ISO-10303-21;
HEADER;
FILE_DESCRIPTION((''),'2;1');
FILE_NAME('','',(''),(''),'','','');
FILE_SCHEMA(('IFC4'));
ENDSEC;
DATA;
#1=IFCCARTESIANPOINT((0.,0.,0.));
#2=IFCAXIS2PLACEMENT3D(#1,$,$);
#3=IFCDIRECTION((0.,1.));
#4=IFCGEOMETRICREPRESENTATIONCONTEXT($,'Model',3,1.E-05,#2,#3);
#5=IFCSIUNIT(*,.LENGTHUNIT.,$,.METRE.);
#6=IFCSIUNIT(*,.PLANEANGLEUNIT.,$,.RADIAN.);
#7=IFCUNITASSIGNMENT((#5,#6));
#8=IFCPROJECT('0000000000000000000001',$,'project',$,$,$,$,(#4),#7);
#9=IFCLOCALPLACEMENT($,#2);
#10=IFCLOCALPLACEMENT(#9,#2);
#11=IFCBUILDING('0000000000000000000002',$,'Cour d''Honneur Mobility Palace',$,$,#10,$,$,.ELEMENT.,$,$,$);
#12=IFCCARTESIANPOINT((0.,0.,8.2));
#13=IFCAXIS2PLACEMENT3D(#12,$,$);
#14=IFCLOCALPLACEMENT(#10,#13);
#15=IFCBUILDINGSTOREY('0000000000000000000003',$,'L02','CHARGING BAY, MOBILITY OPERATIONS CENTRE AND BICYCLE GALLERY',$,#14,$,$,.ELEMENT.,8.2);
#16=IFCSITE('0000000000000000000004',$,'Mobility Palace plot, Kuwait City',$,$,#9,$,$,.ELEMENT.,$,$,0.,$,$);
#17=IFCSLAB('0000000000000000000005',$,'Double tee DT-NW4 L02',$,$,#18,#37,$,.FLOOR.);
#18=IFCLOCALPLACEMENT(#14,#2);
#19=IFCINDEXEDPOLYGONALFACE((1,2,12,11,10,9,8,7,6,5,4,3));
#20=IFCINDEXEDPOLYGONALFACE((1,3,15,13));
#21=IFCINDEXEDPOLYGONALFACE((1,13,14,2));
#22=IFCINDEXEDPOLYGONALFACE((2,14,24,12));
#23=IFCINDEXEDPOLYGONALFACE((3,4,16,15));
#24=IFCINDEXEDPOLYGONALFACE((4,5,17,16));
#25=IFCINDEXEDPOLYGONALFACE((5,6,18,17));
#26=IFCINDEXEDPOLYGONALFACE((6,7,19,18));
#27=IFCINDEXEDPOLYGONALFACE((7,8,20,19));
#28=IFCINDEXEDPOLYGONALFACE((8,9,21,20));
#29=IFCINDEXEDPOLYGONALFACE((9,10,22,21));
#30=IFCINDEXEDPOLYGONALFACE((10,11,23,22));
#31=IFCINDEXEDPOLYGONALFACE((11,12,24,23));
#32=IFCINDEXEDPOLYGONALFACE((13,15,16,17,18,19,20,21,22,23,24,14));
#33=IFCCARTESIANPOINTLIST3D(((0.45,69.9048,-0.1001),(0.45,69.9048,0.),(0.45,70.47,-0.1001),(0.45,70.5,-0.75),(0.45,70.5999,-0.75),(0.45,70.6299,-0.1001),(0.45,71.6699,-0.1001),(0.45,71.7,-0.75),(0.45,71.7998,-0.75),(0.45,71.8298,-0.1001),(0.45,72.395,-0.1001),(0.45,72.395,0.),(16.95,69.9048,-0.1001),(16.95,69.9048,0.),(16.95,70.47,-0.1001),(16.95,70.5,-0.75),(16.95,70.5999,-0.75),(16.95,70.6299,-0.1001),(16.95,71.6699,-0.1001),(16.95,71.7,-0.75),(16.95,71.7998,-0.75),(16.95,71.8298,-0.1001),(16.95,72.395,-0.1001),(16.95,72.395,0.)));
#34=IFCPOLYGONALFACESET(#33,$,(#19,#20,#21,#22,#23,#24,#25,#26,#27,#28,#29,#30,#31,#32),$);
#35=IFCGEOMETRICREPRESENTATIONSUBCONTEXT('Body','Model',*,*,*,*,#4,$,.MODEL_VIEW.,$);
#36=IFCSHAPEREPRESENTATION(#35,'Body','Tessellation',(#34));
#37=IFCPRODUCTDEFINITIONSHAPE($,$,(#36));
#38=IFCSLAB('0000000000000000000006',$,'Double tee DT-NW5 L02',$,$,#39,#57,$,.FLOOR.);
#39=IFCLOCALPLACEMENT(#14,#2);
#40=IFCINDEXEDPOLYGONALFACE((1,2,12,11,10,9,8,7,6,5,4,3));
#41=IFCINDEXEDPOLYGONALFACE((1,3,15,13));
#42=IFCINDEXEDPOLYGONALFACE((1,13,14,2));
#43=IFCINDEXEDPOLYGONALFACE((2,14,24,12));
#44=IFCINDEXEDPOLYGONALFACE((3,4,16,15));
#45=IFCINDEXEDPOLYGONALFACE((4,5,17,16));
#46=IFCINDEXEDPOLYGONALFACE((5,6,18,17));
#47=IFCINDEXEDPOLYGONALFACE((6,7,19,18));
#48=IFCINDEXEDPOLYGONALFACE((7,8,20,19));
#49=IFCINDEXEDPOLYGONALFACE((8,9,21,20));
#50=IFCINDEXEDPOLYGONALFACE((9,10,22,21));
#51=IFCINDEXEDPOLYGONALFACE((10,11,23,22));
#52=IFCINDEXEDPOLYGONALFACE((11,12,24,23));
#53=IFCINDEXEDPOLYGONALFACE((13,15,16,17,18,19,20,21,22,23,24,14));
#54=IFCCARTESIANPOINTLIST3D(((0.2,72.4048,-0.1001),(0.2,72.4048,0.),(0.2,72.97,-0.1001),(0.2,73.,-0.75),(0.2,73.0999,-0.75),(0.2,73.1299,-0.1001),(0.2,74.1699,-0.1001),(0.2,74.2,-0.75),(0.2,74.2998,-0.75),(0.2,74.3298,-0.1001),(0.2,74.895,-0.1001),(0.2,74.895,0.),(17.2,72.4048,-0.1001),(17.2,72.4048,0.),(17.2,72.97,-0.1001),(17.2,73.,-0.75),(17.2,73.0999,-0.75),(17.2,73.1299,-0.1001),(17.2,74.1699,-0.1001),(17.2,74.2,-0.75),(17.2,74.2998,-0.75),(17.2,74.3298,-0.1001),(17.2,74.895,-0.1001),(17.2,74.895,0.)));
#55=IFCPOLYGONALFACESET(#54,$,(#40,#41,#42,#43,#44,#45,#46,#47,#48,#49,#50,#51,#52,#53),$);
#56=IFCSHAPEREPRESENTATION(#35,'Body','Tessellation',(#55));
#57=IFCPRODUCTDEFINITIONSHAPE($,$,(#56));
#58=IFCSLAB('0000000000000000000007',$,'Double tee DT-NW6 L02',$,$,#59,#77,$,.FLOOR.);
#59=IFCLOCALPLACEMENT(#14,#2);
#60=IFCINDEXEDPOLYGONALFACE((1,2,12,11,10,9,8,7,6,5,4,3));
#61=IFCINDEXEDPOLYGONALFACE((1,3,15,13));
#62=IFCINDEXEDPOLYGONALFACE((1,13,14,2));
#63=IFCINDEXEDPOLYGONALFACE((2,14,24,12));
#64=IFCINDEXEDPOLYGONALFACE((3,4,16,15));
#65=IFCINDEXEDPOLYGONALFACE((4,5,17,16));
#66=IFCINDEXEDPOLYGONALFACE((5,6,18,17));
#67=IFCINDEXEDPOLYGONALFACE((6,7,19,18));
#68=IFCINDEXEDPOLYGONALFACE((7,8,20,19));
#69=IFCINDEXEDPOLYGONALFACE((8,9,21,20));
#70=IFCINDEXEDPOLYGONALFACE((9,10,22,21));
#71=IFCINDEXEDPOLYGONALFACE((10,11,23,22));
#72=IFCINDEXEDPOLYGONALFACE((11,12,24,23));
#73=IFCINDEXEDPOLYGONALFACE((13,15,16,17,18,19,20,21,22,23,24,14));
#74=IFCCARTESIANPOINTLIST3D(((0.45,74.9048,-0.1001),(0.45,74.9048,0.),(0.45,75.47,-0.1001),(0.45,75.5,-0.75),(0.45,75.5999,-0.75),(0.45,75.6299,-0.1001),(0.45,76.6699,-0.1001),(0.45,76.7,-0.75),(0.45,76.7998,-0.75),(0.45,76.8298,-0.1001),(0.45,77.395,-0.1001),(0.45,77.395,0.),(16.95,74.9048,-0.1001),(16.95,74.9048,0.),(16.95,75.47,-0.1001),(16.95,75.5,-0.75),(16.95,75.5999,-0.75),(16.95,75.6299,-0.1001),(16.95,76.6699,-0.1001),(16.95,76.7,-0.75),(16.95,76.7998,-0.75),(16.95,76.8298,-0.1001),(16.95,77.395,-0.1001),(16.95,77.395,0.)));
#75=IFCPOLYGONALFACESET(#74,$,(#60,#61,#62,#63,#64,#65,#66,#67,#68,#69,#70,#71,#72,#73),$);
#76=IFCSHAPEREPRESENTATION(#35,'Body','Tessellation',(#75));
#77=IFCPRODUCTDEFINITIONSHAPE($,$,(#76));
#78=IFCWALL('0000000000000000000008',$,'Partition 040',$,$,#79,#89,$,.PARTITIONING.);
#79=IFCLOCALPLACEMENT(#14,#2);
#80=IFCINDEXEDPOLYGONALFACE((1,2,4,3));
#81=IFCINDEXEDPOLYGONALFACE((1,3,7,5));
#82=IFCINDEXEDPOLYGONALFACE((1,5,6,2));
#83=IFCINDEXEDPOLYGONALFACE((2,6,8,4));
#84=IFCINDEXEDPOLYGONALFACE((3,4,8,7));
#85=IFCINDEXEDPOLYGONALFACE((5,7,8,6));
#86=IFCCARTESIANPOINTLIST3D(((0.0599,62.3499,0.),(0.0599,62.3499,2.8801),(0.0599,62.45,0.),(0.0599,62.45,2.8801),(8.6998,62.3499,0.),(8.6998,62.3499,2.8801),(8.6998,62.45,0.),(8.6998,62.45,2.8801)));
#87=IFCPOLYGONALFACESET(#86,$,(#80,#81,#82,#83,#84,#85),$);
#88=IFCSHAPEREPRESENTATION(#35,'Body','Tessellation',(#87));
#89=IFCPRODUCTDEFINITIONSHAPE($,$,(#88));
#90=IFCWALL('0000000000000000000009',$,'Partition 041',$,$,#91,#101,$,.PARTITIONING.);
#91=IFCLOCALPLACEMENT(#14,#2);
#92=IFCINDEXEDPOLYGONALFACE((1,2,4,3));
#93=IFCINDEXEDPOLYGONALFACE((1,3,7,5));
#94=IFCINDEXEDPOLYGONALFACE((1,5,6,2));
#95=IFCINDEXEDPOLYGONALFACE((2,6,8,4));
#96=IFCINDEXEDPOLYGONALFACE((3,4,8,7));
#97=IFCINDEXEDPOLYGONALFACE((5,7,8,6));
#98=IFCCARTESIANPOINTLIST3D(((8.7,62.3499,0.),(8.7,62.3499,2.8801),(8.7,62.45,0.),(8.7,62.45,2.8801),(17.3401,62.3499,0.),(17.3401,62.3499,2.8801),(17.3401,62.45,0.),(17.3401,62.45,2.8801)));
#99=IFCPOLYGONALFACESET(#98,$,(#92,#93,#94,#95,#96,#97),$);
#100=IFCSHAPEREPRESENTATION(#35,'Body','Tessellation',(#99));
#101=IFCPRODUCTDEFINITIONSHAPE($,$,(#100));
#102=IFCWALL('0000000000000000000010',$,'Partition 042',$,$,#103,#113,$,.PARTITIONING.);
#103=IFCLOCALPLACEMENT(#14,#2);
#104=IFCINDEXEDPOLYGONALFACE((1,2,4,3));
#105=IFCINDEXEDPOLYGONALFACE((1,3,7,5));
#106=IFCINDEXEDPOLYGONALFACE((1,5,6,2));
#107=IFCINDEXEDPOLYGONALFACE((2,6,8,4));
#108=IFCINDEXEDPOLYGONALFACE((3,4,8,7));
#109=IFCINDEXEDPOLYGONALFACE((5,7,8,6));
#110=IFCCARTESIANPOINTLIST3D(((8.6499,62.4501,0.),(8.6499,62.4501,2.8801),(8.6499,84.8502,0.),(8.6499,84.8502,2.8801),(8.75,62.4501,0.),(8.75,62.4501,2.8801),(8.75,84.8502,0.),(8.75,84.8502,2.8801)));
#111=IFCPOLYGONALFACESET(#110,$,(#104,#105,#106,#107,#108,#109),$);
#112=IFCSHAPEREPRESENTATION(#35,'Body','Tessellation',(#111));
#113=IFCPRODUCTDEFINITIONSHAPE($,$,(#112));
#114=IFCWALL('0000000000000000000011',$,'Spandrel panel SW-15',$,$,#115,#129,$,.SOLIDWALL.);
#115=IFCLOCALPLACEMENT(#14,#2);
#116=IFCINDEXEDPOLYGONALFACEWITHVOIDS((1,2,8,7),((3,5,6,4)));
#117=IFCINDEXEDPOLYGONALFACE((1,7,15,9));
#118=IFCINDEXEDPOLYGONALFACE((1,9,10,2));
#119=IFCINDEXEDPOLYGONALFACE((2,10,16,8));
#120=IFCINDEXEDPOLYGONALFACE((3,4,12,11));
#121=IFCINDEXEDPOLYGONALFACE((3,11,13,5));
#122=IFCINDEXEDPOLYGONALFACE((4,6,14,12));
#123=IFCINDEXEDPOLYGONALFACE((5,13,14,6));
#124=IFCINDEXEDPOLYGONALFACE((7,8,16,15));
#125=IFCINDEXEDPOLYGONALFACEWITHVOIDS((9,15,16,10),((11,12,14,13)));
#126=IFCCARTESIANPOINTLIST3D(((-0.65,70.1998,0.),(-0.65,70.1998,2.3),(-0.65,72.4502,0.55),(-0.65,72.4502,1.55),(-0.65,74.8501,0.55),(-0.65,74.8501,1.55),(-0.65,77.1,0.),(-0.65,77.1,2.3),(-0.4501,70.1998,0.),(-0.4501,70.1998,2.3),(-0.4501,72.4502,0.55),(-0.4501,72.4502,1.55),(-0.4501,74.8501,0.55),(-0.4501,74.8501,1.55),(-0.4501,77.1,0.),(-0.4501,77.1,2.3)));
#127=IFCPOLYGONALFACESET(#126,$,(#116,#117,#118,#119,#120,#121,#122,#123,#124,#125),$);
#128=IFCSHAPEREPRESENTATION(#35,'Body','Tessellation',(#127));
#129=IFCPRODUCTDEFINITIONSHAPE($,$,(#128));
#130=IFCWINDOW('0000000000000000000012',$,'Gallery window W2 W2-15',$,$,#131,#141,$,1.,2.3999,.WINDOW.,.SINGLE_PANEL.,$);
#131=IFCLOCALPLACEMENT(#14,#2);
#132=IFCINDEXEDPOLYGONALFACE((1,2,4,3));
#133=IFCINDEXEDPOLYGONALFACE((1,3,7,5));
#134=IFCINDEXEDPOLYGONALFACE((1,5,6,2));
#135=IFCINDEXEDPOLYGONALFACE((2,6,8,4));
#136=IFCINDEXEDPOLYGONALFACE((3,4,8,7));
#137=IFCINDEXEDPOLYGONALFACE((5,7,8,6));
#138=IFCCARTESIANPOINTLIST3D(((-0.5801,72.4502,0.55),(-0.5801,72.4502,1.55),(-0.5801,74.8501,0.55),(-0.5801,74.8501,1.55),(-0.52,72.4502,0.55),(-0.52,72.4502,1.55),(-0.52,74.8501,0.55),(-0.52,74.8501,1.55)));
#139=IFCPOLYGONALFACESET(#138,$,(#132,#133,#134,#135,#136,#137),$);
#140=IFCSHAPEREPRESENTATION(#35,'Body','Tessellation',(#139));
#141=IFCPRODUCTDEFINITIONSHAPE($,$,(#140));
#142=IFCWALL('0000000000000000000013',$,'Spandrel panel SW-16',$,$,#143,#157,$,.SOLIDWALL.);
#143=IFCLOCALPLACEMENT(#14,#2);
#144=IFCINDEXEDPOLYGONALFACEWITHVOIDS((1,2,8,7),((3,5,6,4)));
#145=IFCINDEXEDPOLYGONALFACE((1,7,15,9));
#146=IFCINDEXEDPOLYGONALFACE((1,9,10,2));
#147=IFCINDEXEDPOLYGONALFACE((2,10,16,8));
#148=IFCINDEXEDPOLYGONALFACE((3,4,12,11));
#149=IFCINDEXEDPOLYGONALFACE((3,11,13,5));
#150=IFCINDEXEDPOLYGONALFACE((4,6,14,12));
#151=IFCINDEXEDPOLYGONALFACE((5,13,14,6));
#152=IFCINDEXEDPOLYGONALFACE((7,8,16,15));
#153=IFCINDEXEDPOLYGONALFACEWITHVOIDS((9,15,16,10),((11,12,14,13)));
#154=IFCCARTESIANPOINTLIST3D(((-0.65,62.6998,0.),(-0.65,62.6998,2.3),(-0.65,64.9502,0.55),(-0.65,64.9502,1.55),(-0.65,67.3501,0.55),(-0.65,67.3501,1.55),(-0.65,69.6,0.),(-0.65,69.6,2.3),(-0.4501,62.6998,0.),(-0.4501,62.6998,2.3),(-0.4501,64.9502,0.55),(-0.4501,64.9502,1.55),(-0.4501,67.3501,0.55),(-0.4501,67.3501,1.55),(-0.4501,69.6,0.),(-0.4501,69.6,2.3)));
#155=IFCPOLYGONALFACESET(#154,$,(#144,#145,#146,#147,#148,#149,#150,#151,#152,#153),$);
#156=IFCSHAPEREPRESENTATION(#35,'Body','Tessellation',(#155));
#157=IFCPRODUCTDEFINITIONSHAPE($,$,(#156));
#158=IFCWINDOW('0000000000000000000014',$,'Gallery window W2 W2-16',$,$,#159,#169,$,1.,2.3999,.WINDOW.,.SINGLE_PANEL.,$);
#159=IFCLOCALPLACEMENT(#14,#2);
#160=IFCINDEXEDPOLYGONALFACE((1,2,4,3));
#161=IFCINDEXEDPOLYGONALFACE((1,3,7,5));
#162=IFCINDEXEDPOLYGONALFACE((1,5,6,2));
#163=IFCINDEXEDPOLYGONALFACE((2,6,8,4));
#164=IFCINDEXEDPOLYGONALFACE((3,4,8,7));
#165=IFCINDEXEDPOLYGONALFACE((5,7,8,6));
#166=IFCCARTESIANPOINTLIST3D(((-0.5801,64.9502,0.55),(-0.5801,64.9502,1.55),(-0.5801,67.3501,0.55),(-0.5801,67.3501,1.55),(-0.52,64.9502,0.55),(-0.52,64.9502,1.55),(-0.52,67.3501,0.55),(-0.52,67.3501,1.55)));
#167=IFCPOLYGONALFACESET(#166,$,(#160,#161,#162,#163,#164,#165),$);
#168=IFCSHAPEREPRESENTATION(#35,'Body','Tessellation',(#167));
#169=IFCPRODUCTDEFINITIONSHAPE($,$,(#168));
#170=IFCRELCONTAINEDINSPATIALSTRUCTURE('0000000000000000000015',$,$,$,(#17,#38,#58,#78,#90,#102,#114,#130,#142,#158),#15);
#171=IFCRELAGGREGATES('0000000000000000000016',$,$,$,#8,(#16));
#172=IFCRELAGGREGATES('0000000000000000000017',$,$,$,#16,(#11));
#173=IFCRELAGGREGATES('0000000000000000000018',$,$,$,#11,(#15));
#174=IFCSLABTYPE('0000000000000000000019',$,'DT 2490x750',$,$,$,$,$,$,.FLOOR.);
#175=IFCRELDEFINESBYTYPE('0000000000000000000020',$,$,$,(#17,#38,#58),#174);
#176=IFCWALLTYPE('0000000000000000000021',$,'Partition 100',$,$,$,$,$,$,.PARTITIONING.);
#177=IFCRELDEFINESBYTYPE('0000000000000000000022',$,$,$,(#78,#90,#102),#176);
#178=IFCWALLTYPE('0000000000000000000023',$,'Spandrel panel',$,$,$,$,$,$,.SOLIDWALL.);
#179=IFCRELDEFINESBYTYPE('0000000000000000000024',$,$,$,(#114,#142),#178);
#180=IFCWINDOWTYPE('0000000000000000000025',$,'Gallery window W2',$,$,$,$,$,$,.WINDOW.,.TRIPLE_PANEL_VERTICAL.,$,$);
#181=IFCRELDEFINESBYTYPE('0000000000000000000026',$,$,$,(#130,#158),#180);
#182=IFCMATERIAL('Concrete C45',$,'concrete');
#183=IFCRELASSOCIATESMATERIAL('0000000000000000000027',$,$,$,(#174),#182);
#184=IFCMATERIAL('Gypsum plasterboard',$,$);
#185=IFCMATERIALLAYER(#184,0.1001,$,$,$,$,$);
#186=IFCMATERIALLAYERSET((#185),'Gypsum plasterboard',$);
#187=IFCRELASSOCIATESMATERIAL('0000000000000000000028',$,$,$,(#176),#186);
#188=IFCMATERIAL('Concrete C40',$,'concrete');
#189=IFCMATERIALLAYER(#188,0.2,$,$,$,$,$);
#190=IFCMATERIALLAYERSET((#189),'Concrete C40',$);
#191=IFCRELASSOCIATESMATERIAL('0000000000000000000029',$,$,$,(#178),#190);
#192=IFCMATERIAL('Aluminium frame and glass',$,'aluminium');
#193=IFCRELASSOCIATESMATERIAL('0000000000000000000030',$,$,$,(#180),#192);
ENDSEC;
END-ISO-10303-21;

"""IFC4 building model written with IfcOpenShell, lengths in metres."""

from ifc_helpers import new_model, si_unit, direction, frame, frame_2d, origin, place, context, subcontext, project, spatial, polyline, rectangle, outline, extrude, material, layer, layer_set, material_profile, profile_set, type_object, element, fill, save


model = new_model("IFC4")

# Units and contexts
model_context = context("Model", 3, precision=1e-05, world=origin(), true_north=direction((0.0, 1.0)))
body_context = subcontext(model_context, "Body", "Model", "MODEL_VIEW")
ifc_project = project(units=[si_unit("LENGTHUNIT", "METRE"), si_unit("PLANEANGLEUNIT", "RADIAN")], contexts=[model_context])

# Site, building, storey
site_placement = place(None, origin())
site = spatial("IfcSite", under=ifc_project, at=site_placement, Name="Mobility Palace plot, Kuwait City", CompositionType="ELEMENT", RefElevation=0.0)
building_placement = place(site_placement, origin())
building = spatial("IfcBuilding", under=site, at=building_placement, Name="Cour d'Honneur Mobility Palace", CompositionType="ELEMENT")
storey_placement = place(building_placement, frame((0.0, 0.0, 8.2)))
storey = spatial("IfcBuildingStorey", under=building, at=storey_placement, Name="L02", Description="CHARGING BAY, MOBILITY OPERATIONS CENTRE AND BICYCLE GALLERY", CompositionType="ELEMENT", Elevation=8.2)

# Slabs
ifc_material_1 = material(Name="Concrete C45", Category="concrete")
ifc_material_profile_1 = material_profile(ifc_material_1, outline(polyline([(-1.2451, 0.0), (1.2451, 0.0), (1.2451, -0.1001), (0.6799, -0.1001), (0.6499, -0.75), (0.55, -0.75), (0.52, -0.1001), (-0.52, -0.1001), (-0.55, -0.75), (-0.6499, -0.75), (-0.6799, -0.1001), (-1.2451, -0.1001), (-1.2451, 0.0)])), Name="DT 2490x750")
ifc_profile_set_1 = profile_set([ifc_material_profile_1], Name="Concrete C45")
slab_type_1 = type_object("IfcSlabType", Name="DT 2490x750", PredefinedType="FLOOR", material=ifc_profile_set_1)
for number, where, z_axis, x_axis, name in (
    (1, (0.45, 71.1499, 0.0), (1.0, 0.0, 0.0), (0.0, 1.0, 0.0), "Double tee DT-NW4 L02"),
):
    element("IfcSlab", number, at=place(storey_placement, frame(where, z_axis=z_axis, x_axis=x_axis)), inside=storey, type_object=slab_type_1, Name=name, PredefinedType="FLOOR", context=body_context, shape_type="SweptSolid", body=[
        extrude(outline(polyline([(-1.2451, 0.0), (1.2451, 0.0), (1.2451, -0.1001), (0.6799, -0.1001), (0.6499, -0.75), (0.55, -0.75), (0.52, -0.1001), (-0.52, -0.1001), (-0.55, -0.75), (-0.6499, -0.75), (-0.6799, -0.1001), (-1.2451, -0.1001), (-1.2451, 0.0)])), origin(), (0.0, 0.0, 1.0), 16.5),
    ])
slab_1_placement = place(storey_placement, frame((0.2, 73.6499, 0.0), z_axis=(1.0, 0.0, 0.0), x_axis=(0.0, 1.0, 0.0)))
element("IfcSlab", 2, at=slab_1_placement, inside=storey, type_object=slab_type_1, Name="Double tee DT-NW5 L02", PredefinedType="FLOOR", context=body_context, shape_type="SweptSolid", body=[
    extrude(outline(polyline([(-1.2451, 0.0), (1.2451, 0.0), (1.2451, -0.1001), (0.6799, -0.1001), (0.6499, -0.75), (0.55, -0.75), (0.52, -0.1001), (-0.52, -0.1001), (-0.55, -0.75), (-0.6499, -0.75), (-0.6799, -0.1001), (-1.2451, -0.1001), (-1.2451, 0.0)])), origin(), (0.0, 0.0, 1.0), 17.0),
])
slab_2_placement = place(storey_placement, frame((0.45, 76.1499, 0.0), z_axis=(1.0, 0.0, 0.0), x_axis=(0.0, 1.0, 0.0)))
element("IfcSlab", 3, at=slab_2_placement, inside=storey, type_object=slab_type_1, Name="Double tee DT-NW6 L02", PredefinedType="FLOOR", context=body_context, shape_type="SweptSolid", body=[
    extrude(outline(polyline([(-1.2451, 0.0), (1.2451, 0.0), (1.2451, -0.1001), (0.6799, -0.1001), (0.6499, -0.75), (0.55, -0.75), (0.52, -0.1001), (-0.52, -0.1001), (-0.55, -0.75), (-0.6499, -0.75), (-0.6799, -0.1001), (-1.2451, -0.1001), (-1.2451, 0.0)])), origin(), (0.0, 0.0, 1.0), 16.5),
])

# Walls
ifc_material_2 = material(Name="Gypsum plasterboard")
ifc_layer_1 = layer(ifc_material_2, 0.1001)
ifc_layer_set_1 = layer_set([ifc_layer_1], Name="Gypsum plasterboard")
wall_type_1 = type_object("IfcWallType", Name="Partition 100", PredefinedType="PARTITIONING", material=ifc_layer_set_1)
wall_1_placement = place(storey_placement, frame((0.0601, 62.3999, 0.0), z_axis=(0.0, 0.0, 1.0), x_axis=(1.0, 0.0, 0.0)))
element("IfcWall", 4, at=wall_1_placement, inside=storey, type_object=wall_type_1, Name="Partition 040", PredefinedType="PARTITIONING", context=body_context, shape_type="SweptSolid", body=[
    extrude(rectangle(XDim=8.6399, YDim=0.1001, at=frame_2d((4.3198, 0.0))), origin(), (0.0, 0.0, 1.0), 2.8801),
])
wall_2_placement = place(storey_placement, frame((8.7, 62.3999, 0.0), z_axis=(0.0, 0.0, 1.0), x_axis=(1.0, 0.0, 0.0)))
element("IfcWall", 5, at=wall_2_placement, inside=storey, type_object=wall_type_1, Name="Partition 041", PredefinedType="PARTITIONING", context=body_context, shape_type="SweptSolid", body=[
    extrude(rectangle(XDim=8.6401, YDim=0.1001, at=frame_2d((4.3201, 0.0))), origin(), (0.0, 0.0, 1.0), 2.8801),
])
wall_3_placement = place(storey_placement, frame((8.7, 62.45, 0.0), z_axis=(0.0, 0.0, 1.0), x_axis=(0.0, 1.0, 0.0)))
element("IfcWall", 6, at=wall_3_placement, inside=storey, type_object=wall_type_1, Name="Partition 042", PredefinedType="PARTITIONING", context=body_context, shape_type="SweptSolid", body=[
    extrude(rectangle(XDim=22.4001, YDim=0.1001, at=frame_2d((11.2002, 0.0))), origin(), (0.0, 0.0, 1.0), 2.8801),
])

# Walls, openings, windows
ifc_material_3 = material(Name="Concrete C40", Category="concrete")
ifc_layer_2 = layer(ifc_material_3, 0.2)
ifc_layer_set_2 = layer_set([ifc_layer_2], Name="Concrete C40")
wall_type_2 = type_object("IfcWallType", Name="Spandrel panel", PredefinedType="SOLIDWALL", material=ifc_layer_set_2)
wall_4_placement = place(storey_placement, frame((-0.55, 77.1001, 0.0), z_axis=(0.0, 0.0, 1.0), x_axis=(0.0, -1.0, 0.0)))
wall_4 = element("IfcWall", 7, at=wall_4_placement, inside=storey, type_object=wall_type_2, Name="Spandrel panel SW-15", PredefinedType="SOLIDWALL", context=body_context, shape_type="SweptSolid", body=[
    extrude(rectangle(XDim=6.9001, YDim=0.2, at=frame_2d((3.4502, 0.0))), origin(), (0.0, 0.0, 1.0), 2.3),
])
opening_1_placement = place(wall_4_placement, frame((2.25, 0.0, 0.55)))
opening_1 = element("IfcOpeningElement", 8, at=opening_1_placement, cuts=wall_4, PredefinedType="OPENING", context=body_context, shape_type="SweptSolid", body=[
    extrude(rectangle(XDim=2.3999, YDim=1.0, at=frame_2d((1.2, 0.5))), frame((0.0, 0.1099, 0.0), z_axis=(0.0, -1.0, 0.0), x_axis=(1.0, 0.0, 0.0)), (0.0, 0.0, 1.0), 0.22),
])
ifc_material_4 = material(Name="Aluminium frame and glass", Category="aluminium")
window_type = type_object("IfcWindowType", Name="Gallery window W2", PartitioningType="TRIPLE_PANEL_VERTICAL", PredefinedType="WINDOW", material=ifc_material_4)
window_1_placement = place(opening_1_placement, origin())
window_1 = element("IfcWindow", 9, at=window_1_placement, inside=storey, type_object=window_type, Name="Gallery window W2 W2-15", OverallHeight=1.0, OverallWidth=2.3999, PartitioningType="SINGLE_PANEL", PredefinedType="WINDOW", context=body_context, shape_type="SweptSolid", body=[
    extrude(rectangle(XDim=2.3999, YDim=1.0, at=frame_2d((1.2, 0.5))), frame((0.0, 0.03, 0.0), z_axis=(0.0, -1.0, 0.0), x_axis=(1.0, 0.0, 0.0)), (0.0, 0.0, 1.0), 0.0601),
])
fill(opening_1, window_1)
wall_5_placement = place(storey_placement, frame((-0.55, 69.6001, 0.0), z_axis=(0.0, 0.0, 1.0), x_axis=(0.0, -1.0, 0.0)))
wall_5 = element("IfcWall", 10, at=wall_5_placement, inside=storey, type_object=wall_type_2, Name="Spandrel panel SW-16", PredefinedType="SOLIDWALL", context=body_context, shape_type="SweptSolid", body=[
    extrude(rectangle(XDim=6.9001, YDim=0.2, at=frame_2d((3.4502, 0.0))), origin(), (0.0, 0.0, 1.0), 2.3),
])
opening_2_placement = place(wall_5_placement, frame((2.25, 0.0, 0.55)))
opening_2 = element("IfcOpeningElement", 11, at=opening_2_placement, cuts=wall_5, PredefinedType="OPENING", context=body_context, shape_type="SweptSolid", body=[
    extrude(rectangle(XDim=2.3999, YDim=1.0, at=frame_2d((1.2, 0.5))), frame((0.0, 0.1099, 0.0), z_axis=(0.0, -1.0, 0.0), x_axis=(1.0, 0.0, 0.0)), (0.0, 0.0, 1.0), 0.22),
])
window_2_placement = place(opening_2_placement, origin())
window_2 = element("IfcWindow", 12, at=window_2_placement, inside=storey, type_object=window_type, Name="Gallery window W2 W2-16", OverallHeight=1.0, OverallWidth=2.3999, PartitioningType="SINGLE_PANEL", PredefinedType="WINDOW", context=body_context, shape_type="SweptSolid", body=[
    extrude(rectangle(XDim=2.3999, YDim=1.0, at=frame_2d((1.2, 0.5))), frame((0.0, 0.03, 0.0), z_axis=(0.0, -1.0, 0.0), x_axis=(1.0, 0.0, 0.0)), (0.0, 0.0, 1.0), 0.0601),
])
fill(opening_2, window_2)

save(model, "model.ifc")
